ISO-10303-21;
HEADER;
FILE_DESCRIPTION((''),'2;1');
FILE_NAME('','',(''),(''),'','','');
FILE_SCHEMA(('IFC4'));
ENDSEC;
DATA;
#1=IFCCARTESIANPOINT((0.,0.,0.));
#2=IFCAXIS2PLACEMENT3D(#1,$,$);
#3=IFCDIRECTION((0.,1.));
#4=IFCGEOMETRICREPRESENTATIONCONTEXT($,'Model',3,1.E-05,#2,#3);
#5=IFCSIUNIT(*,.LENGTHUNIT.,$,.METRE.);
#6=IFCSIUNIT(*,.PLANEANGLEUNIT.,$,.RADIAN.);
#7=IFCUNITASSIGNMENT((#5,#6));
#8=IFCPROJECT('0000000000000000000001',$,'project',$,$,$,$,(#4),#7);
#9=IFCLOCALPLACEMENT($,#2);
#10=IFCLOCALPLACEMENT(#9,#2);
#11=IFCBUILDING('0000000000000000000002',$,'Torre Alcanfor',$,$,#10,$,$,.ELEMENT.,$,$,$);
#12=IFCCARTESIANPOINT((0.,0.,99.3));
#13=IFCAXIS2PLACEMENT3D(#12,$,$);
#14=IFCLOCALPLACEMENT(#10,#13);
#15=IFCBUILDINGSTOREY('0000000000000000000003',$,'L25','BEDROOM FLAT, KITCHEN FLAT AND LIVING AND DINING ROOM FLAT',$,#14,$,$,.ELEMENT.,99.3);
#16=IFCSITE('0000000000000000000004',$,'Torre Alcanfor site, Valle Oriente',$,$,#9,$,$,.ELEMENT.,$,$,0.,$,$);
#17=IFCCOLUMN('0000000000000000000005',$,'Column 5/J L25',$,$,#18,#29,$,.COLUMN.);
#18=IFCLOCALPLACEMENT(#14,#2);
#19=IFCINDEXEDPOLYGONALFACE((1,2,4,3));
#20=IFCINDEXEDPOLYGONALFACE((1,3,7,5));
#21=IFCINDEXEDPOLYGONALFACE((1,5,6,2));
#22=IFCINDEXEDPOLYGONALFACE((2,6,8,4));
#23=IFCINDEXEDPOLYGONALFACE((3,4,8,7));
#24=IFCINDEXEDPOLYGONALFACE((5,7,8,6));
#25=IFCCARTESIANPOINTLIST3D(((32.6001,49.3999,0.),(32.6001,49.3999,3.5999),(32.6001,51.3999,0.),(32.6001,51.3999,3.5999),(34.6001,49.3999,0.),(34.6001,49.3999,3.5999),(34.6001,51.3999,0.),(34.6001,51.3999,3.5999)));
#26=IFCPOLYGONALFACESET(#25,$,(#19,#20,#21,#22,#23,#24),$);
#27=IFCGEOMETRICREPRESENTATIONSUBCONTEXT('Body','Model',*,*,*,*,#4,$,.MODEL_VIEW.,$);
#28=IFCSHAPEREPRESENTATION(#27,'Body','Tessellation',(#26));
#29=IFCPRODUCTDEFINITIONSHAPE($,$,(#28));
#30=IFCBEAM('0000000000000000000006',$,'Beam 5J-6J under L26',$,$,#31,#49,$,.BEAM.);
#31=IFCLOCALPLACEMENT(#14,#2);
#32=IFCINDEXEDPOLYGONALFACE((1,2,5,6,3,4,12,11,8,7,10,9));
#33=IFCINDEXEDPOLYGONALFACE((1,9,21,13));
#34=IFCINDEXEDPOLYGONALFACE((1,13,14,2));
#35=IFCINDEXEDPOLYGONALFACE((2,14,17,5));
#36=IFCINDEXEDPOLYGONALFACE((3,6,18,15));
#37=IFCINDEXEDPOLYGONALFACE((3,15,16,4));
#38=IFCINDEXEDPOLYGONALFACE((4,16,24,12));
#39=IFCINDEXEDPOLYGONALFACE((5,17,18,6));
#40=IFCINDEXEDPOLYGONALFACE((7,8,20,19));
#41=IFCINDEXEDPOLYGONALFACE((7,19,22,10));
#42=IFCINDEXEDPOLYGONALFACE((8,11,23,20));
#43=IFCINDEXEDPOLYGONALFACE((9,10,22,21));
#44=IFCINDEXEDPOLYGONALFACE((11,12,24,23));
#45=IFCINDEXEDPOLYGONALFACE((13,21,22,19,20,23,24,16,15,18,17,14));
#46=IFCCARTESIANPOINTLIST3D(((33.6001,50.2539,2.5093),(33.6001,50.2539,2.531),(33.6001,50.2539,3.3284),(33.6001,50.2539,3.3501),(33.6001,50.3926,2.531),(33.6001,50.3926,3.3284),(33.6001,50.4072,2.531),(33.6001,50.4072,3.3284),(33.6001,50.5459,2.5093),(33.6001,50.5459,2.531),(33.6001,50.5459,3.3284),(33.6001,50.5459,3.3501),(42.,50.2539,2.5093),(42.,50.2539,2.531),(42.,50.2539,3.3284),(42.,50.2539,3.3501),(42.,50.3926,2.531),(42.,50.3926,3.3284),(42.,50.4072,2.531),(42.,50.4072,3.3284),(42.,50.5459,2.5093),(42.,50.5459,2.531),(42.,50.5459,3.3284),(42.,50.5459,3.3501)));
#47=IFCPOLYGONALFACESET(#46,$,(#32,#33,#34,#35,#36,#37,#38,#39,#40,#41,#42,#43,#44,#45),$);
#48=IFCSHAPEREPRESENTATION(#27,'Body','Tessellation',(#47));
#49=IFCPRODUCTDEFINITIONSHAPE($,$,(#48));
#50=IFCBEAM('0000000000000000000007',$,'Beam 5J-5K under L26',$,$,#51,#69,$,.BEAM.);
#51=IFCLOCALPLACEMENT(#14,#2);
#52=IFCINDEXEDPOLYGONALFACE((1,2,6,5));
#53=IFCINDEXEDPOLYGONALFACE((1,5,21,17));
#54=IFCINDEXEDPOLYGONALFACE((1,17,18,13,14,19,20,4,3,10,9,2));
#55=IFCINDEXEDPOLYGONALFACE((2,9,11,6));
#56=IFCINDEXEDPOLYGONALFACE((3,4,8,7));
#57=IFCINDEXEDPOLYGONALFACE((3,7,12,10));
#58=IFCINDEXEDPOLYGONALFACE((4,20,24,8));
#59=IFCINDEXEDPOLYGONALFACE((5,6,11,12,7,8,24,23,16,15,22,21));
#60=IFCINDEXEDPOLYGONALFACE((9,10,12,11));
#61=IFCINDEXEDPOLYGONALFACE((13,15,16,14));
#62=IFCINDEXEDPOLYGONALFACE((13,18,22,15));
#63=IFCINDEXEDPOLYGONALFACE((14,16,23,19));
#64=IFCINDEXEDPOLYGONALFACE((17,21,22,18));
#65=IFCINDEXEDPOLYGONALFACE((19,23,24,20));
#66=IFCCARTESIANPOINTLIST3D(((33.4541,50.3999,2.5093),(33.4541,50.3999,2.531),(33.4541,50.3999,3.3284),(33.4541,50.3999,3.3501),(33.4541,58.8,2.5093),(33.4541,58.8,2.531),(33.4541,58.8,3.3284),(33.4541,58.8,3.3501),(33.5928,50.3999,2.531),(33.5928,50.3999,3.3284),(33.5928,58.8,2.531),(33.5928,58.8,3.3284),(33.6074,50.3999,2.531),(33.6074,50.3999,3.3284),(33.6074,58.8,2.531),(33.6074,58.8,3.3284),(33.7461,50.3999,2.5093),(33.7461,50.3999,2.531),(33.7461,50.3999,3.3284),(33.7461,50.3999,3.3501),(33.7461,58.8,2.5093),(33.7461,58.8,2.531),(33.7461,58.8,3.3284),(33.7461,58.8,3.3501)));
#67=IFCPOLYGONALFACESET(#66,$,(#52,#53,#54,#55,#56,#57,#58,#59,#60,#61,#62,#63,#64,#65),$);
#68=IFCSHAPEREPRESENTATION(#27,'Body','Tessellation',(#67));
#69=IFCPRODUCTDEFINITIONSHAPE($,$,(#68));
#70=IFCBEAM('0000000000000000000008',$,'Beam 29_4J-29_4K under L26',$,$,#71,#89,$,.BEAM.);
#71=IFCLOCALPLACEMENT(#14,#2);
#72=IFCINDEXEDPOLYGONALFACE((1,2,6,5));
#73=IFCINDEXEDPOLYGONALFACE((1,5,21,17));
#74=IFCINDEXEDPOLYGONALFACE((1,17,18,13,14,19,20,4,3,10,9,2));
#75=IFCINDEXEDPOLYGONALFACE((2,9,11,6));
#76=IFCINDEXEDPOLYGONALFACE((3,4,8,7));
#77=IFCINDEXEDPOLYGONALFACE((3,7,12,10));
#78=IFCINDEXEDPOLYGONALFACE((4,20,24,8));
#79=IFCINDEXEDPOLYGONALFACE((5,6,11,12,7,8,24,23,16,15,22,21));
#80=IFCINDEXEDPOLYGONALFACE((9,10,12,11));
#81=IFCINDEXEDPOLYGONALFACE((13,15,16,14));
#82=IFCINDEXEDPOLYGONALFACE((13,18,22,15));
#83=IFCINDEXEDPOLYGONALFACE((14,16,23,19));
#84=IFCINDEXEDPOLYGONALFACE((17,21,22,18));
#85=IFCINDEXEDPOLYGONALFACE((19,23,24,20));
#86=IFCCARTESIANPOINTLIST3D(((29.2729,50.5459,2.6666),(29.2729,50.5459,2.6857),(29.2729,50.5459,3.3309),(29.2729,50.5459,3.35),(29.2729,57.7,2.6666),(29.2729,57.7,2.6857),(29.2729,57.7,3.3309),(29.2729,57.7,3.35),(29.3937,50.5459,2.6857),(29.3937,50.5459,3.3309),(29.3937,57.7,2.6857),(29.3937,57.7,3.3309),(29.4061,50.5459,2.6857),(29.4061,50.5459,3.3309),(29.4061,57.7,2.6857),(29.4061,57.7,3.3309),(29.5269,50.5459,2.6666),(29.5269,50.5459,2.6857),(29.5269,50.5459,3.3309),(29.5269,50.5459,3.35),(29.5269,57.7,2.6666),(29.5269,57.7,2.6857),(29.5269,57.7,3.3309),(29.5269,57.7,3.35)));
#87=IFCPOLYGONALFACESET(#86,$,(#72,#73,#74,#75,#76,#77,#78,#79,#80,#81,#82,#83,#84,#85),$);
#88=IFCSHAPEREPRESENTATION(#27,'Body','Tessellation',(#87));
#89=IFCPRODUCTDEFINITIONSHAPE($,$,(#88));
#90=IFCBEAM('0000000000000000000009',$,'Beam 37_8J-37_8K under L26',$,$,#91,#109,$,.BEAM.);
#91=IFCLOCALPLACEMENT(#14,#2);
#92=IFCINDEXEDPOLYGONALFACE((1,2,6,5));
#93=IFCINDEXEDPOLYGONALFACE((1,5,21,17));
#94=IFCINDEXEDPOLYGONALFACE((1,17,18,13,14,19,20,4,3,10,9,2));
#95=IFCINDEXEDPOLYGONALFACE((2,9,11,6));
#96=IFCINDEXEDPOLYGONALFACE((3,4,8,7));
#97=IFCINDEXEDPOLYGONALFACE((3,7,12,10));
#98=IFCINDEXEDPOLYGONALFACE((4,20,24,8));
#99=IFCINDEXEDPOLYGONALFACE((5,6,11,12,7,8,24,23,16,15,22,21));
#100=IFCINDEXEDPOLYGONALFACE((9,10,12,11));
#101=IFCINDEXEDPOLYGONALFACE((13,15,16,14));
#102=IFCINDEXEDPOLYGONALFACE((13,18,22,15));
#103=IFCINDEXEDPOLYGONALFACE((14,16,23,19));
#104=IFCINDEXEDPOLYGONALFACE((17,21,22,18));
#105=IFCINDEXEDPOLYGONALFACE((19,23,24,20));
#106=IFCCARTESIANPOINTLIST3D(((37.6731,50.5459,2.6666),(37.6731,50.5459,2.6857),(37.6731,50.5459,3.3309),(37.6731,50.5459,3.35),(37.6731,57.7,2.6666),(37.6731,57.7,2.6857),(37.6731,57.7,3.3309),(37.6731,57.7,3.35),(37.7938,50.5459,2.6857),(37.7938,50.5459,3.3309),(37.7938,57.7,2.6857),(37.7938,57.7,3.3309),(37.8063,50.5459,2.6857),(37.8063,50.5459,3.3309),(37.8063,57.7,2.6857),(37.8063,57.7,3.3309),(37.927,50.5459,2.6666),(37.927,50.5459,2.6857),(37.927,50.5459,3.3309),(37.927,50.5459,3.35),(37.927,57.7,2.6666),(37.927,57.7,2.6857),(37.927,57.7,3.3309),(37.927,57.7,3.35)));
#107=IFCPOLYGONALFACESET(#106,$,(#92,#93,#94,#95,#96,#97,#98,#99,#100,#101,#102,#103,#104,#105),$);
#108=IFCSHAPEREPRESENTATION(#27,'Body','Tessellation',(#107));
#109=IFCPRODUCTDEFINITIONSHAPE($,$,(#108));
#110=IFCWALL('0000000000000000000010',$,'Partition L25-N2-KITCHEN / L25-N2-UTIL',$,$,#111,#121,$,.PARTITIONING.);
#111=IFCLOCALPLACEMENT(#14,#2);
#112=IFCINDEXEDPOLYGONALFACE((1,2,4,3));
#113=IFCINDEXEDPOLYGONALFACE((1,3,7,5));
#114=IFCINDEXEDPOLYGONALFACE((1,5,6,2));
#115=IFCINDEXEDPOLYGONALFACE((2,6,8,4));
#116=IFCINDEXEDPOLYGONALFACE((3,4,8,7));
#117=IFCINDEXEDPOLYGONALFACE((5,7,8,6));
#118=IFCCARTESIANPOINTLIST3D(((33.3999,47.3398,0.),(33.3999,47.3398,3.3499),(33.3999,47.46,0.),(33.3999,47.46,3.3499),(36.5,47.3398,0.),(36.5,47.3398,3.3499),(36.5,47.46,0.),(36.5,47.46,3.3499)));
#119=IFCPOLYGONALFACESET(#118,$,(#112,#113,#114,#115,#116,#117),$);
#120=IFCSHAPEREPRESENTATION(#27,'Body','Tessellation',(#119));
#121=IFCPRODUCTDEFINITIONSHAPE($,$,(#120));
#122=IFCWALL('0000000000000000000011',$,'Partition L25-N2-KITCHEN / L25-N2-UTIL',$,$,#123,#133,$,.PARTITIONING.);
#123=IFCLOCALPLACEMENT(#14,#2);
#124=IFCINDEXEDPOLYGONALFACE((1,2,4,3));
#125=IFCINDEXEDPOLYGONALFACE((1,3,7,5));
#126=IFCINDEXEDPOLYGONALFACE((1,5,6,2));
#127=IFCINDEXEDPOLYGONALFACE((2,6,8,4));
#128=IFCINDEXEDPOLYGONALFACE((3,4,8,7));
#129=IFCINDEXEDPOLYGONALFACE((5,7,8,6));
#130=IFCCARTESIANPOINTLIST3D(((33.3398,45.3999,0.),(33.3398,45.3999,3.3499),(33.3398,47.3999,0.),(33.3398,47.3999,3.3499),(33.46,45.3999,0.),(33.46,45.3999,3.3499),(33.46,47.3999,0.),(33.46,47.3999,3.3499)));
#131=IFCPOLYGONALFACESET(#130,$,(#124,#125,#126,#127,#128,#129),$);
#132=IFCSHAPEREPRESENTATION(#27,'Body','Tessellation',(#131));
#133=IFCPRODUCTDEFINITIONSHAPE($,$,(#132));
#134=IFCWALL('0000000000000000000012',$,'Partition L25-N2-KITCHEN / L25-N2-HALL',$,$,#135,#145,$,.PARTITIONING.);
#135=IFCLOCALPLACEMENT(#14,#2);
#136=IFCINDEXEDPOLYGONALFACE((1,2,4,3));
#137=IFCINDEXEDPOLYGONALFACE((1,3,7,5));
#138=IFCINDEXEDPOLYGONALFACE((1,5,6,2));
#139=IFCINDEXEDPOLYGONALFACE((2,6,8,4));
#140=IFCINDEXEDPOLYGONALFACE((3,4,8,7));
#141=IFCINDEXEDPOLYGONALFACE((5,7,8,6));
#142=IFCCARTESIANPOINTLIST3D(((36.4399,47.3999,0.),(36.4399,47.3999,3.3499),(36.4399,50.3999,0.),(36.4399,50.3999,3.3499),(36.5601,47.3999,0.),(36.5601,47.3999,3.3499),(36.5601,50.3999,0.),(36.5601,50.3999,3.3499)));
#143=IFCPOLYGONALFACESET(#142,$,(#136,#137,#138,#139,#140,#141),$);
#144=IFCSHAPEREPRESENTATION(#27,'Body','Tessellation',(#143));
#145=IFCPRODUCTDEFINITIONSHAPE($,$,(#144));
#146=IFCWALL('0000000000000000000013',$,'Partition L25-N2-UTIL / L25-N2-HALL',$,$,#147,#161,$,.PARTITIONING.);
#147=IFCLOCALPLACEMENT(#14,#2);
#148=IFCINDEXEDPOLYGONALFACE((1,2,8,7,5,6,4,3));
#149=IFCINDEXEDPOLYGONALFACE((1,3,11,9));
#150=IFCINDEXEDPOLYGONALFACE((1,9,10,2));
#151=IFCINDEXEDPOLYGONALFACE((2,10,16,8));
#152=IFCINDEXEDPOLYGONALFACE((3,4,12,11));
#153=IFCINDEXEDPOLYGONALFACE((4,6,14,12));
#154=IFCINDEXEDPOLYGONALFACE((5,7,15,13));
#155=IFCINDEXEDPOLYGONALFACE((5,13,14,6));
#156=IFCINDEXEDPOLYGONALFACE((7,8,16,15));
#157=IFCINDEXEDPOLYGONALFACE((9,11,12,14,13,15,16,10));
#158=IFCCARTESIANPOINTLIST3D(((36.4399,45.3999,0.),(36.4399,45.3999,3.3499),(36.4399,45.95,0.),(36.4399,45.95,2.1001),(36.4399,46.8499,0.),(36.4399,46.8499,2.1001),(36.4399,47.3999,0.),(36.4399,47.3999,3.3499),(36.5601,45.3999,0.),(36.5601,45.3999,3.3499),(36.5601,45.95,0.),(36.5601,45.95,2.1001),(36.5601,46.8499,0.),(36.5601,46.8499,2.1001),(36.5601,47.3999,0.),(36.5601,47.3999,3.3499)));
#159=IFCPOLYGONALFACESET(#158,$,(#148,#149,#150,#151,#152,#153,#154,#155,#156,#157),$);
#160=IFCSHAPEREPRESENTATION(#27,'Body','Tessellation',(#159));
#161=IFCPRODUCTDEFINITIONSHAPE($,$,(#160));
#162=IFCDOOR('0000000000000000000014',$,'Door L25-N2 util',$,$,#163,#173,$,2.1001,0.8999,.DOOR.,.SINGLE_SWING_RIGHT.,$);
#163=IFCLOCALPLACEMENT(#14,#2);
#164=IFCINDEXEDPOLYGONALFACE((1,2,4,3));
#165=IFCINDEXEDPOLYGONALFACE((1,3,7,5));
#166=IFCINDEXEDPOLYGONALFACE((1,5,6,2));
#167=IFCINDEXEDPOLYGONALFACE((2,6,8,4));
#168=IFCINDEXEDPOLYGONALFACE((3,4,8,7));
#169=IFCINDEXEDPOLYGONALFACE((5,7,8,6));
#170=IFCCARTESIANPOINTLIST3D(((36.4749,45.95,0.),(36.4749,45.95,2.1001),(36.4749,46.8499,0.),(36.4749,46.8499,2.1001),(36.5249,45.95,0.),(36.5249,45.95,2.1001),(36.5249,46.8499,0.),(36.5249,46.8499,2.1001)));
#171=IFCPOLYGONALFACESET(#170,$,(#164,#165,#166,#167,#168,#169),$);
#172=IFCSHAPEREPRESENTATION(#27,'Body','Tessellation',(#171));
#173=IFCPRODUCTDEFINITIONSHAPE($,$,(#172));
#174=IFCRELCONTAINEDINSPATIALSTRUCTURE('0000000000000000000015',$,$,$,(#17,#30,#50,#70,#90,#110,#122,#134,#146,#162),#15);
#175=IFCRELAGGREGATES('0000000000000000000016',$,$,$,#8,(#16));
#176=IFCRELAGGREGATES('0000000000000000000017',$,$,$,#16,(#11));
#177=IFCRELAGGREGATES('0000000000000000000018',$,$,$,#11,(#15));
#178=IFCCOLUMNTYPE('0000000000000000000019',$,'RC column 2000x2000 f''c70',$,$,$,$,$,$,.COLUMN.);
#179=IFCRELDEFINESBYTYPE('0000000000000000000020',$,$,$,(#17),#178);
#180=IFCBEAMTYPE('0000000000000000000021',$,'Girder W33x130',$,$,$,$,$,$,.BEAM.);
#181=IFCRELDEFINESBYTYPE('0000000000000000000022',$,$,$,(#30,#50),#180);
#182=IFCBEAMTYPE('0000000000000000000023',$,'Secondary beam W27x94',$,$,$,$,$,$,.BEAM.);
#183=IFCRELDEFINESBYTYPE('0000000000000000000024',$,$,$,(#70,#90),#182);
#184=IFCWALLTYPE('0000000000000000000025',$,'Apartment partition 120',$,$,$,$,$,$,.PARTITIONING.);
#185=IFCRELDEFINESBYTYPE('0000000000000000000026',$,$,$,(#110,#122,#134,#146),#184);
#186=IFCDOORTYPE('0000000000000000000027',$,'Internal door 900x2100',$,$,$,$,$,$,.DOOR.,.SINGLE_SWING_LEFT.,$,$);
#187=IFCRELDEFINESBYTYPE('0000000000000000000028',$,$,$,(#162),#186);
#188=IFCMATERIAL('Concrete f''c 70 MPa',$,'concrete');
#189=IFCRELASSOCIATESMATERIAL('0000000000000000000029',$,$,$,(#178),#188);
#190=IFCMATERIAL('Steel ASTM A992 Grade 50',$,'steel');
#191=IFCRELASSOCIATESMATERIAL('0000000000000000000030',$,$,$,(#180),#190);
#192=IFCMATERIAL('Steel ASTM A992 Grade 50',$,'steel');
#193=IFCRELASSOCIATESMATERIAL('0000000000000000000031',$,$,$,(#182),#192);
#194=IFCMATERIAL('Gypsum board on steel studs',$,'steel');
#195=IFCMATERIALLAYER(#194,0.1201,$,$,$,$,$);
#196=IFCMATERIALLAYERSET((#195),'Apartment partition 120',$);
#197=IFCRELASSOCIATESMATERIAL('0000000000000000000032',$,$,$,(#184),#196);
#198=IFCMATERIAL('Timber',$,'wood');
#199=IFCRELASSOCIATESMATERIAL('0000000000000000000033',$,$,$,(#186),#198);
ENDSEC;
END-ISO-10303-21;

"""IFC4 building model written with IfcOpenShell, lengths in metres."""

from ifc_helpers import new_model, si_unit, direction, frame, frame_2d, origin, origin_2d, place, context, subcontext, project, spatial, rectangle, i_section, extrude, material, layer, layer_set, material_profile, profile_set, type_object, element, fill, save


model = new_model("IFC4")

# Units and contexts
model_context = context("Model", 3, precision=1e-05, world=origin(), true_north=direction((0.0, 1.0)))
body_context = subcontext(model_context, "Body", "Model", "MODEL_VIEW")
ifc_project = project(units=[si_unit("LENGTHUNIT", "METRE"), si_unit("PLANEANGLEUNIT", "RADIAN")], contexts=[model_context])

# Site, building, storey
site_placement = place(None, origin())
site = spatial("IfcSite", under=ifc_project, at=site_placement, Name="Torre Alcanfor site, Valle Oriente", CompositionType="ELEMENT", RefElevation=0.0)
building_placement = place(site_placement, origin())
building = spatial("IfcBuilding", under=site, at=building_placement, Name="Torre Alcanfor", CompositionType="ELEMENT")
storey_placement = place(building_placement, frame((0.0, 0.0, 99.3)))
storey = spatial("IfcBuildingStorey", under=building, at=storey_placement, Name="L25", Description="BEDROOM FLAT, KITCHEN FLAT AND LIVING AND DINING ROOM FLAT", CompositionType="ELEMENT", Elevation=99.3)

# Column
ifc_material_1 = material(Name="Concrete f'c 70 MPa", Category="concrete")
ifc_material_profile_1 = material_profile(ifc_material_1, rectangle(XDim=2.0, YDim=2.0, at=origin_2d()), Name="2000x2000")
ifc_profile_set_1 = profile_set([ifc_material_profile_1], Name="Concrete f'c 70 MPa")
column_type = type_object("IfcColumnType", Name="RC column 2000x2000 f'c70", PredefinedType="COLUMN", material=ifc_profile_set_1)
column_placement = place(storey_placement, frame((33.6001, 50.3999, 0.0), z_axis=(0.0, 0.0, 1.0), x_axis=(1.0, 0.0, 0.0)))
element("IfcColumn", 1, at=column_placement, inside=storey, type_object=column_type, Name="Column 5/J L25", PredefinedType="COLUMN", context=body_context, shape_type="SweptSolid", body=[
    extrude(rectangle(XDim=2.0, YDim=2.0, at=origin_2d()), origin(), (0.0, 0.0, 1.0), 3.5999),
])

# Beams
ifc_material_2 = material(Name="Steel ASTM A992 Grade 50", Category="steel")
ifc_material_profile_2 = material_profile(ifc_material_2, i_section(OverallWidth=0.292, OverallDepth=0.8408, WebThickness=0.0146, FlangeThickness=0.0217, at=origin_2d()), Name="W33x130")
ifc_profile_set_2 = profile_set([ifc_material_profile_2], Name="Steel ASTM A992 Grade 50")
beam_type_1 = type_object("IfcBeamType", Name="Girder W33x130", PredefinedType="BEAM", material=ifc_profile_set_2)
beam_1_placement = place(storey_placement, frame((33.6001, 50.3999, 2.9297), z_axis=(1.0, 0.0, 0.0), x_axis=(0.0, 1.0, 0.0)))
element("IfcBeam", 2, at=beam_1_placement, inside=storey, type_object=beam_type_1, Name="Beam 5J-6J under L26", PredefinedType="BEAM", context=body_context, shape_type="SweptSolid", body=[
    extrude(i_section(OverallWidth=0.292, OverallDepth=0.8408, WebThickness=0.0146, FlangeThickness=0.0217, at=origin_2d()), origin(), (0.0, 0.0, 1.0), 8.3999),
])
beam_2_placement = place(storey_placement, frame((33.6001, 50.3999, 2.9297), z_axis=(0.0, 1.0, 0.0), x_axis=(-1.0, 0.0, 0.0)))
element("IfcBeam", 3, at=beam_2_placement, inside=storey, type_object=beam_type_1, Name="Beam 5J-5K under L26", PredefinedType="BEAM", context=body_context, shape_type="SweptSolid", body=[
    extrude(i_section(OverallWidth=0.292, OverallDepth=0.8408, WebThickness=0.0146, FlangeThickness=0.0217, at=origin_2d()), origin(), (0.0, 0.0, 1.0), 8.4001),
])
ifc_material_3 = material(Name="Steel ASTM A992 Grade 50", Category="steel")
ifc_material_profile_3 = material_profile(ifc_material_3, i_section(OverallWidth=0.2539, OverallDepth=0.6833, WebThickness=0.0125, FlangeThickness=0.019, at=origin_2d()), Name="W27x94")
ifc_profile_set_3 = profile_set([ifc_material_profile_3], Name="Steel ASTM A992 Grade 50")
beam_type_2 = type_object("IfcBeamType", Name="Secondary beam W27x94", PredefinedType="BEAM", material=ifc_profile_set_3)
for number, where, z_axis, x_axis, name in (
    (4, (29.3999, 50.5459, 3.0083), (0.0, 1.0, 0.0), (-1.0, 0.0, 0.0), "Beam 29_4J-29_4K under L26"),
    (5, (37.8, 50.5459, 3.0083), (0.0, 1.0, 0.0), (-1.0, 0.0, 0.0), "Beam 37_8J-37_8K under L26"),
):
    element("IfcBeam", number, at=place(storey_placement, frame(where, z_axis=z_axis, x_axis=x_axis)), inside=storey, type_object=beam_type_2, Name=name, PredefinedType="BEAM", context=body_context, shape_type="SweptSolid", body=[
        extrude(i_section(OverallWidth=0.2539, OverallDepth=0.6833, WebThickness=0.0125, FlangeThickness=0.019, at=origin_2d()), origin(), (0.0, 0.0, 1.0), 7.1541),
    ])

# Walls
ifc_material_4 = material(Name="Gypsum board on steel studs", Category="steel")
ifc_layer_1 = layer(ifc_material_4, 0.1201)
ifc_layer_set_1 = layer_set([ifc_layer_1], Name="Apartment partition 120")
wall_type_1 = type_object("IfcWallType", Name="Apartment partition 120", PredefinedType="PARTITIONING", material=ifc_layer_set_1)
wall_1_placement = place(storey_placement, frame((36.5, 47.3999, 0.0), z_axis=(0.0, 0.0, 1.0), x_axis=(-1.0, 0.0, 0.0)))
element("IfcWall", 6, at=wall_1_placement, inside=storey, type_object=wall_type_1, Name="Partition L25-N2-KITCHEN / L25-N2-UTIL", PredefinedType="PARTITIONING", context=body_context, shape_type="SweptSolid", body=[
    extrude(rectangle(XDim=3.1001, YDim=0.1201, at=frame_2d((1.55, 0.0))), origin(), (0.0, 0.0, 1.0), 3.3499),
])
wall_2_placement = place(storey_placement, frame((33.3999, 47.3999, 0.0), z_axis=(0.0, 0.0, 1.0), x_axis=(0.0, -1.0, 0.0)))
element("IfcWall", 7, at=wall_2_placement, inside=storey, type_object=wall_type_1, Name="Partition L25-N2-KITCHEN / L25-N2-UTIL", PredefinedType="PARTITIONING", context=body_context, shape_type="SweptSolid", body=[
    extrude(rectangle(XDim=2.0, YDim=0.1201, at=frame_2d((1.0, 0.0))), origin(), (0.0, 0.0, 1.0), 3.3499),
])
wall_3_placement = place(storey_placement, frame((36.5, 50.3999, 0.0), z_axis=(0.0, 0.0, 1.0), x_axis=(0.0, -1.0, 0.0)))
element("IfcWall", 8, at=wall_3_placement, inside=storey, type_object=wall_type_1, Name="Partition L25-N2-KITCHEN / L25-N2-HALL", PredefinedType="PARTITIONING", context=body_context, shape_type="SweptSolid", body=[
    extrude(rectangle(XDim=3.0, YDim=0.1201, at=frame_2d((1.5, 0.0))), origin(), (0.0, 0.0, 1.0), 3.3499),
])

# Wall, opening, door
wall_4_placement = place(storey_placement, frame((36.5, 47.3999, 0.0), z_axis=(0.0, 0.0, 1.0), x_axis=(0.0, -1.0, 0.0)))
wall_4 = element("IfcWall", 9, at=wall_4_placement, inside=storey, type_object=wall_type_1, Name="Partition L25-N2-UTIL / L25-N2-HALL", PredefinedType="PARTITIONING", context=body_context, shape_type="SweptSolid", body=[
    extrude(rectangle(XDim=2.0, YDim=0.1201, at=frame_2d((1.0, 0.0))), origin(), (0.0, 0.0, 1.0), 3.3499),
])
opening_1_placement = place(wall_4_placement, frame((0.55, 0.0, 0.0)))
opening_1 = element("IfcOpeningElement", 10, at=opening_1_placement, cuts=wall_4, PredefinedType="OPENING", context=body_context, shape_type="SweptSolid", body=[
    extrude(rectangle(XDim=0.8999, YDim=2.1001, at=frame_2d((0.45, 1.05))), frame((0.0, 0.0701, 0.0), z_axis=(0.0, -1.0, 0.0), x_axis=(1.0, 0.0, 0.0)), (0.0, 0.0, 1.0), 0.1401),
])
ifc_material_5 = material(Name="Timber", Category="wood")
door_type_1 = type_object("IfcDoorType", Name="Internal door 900x2100", OperationType="SINGLE_SWING_LEFT", PredefinedType="DOOR", material=ifc_material_5)
door_1_placement = place(opening_1_placement, frame((0.8999, 0.0, 0.0), z_axis=(0.0, 0.0, 1.0), x_axis=(-1.0, 0.0, 0.0)))
door_1 = element("IfcDoor", 11, at=door_1_placement, inside=storey, type_object=door_type_1, Name="Door L25-N2 util", OperationType="SINGLE_SWING_RIGHT", OverallHeight=2.1001, OverallWidth=0.8999, PredefinedType="DOOR", context=body_context, shape_type="SweptSolid", body=[
    extrude(rectangle(XDim=0.8999, YDim=2.1001, at=frame_2d((0.45, 1.05))), frame((0.0, 0.0251, 0.0), z_axis=(0.0, -1.0, 0.0), x_axis=(1.0, 0.0, 0.0)), (0.0, 0.0, 1.0), 0.05),
])
fill(opening_1, door_1)

save(model, "model.ifc")
